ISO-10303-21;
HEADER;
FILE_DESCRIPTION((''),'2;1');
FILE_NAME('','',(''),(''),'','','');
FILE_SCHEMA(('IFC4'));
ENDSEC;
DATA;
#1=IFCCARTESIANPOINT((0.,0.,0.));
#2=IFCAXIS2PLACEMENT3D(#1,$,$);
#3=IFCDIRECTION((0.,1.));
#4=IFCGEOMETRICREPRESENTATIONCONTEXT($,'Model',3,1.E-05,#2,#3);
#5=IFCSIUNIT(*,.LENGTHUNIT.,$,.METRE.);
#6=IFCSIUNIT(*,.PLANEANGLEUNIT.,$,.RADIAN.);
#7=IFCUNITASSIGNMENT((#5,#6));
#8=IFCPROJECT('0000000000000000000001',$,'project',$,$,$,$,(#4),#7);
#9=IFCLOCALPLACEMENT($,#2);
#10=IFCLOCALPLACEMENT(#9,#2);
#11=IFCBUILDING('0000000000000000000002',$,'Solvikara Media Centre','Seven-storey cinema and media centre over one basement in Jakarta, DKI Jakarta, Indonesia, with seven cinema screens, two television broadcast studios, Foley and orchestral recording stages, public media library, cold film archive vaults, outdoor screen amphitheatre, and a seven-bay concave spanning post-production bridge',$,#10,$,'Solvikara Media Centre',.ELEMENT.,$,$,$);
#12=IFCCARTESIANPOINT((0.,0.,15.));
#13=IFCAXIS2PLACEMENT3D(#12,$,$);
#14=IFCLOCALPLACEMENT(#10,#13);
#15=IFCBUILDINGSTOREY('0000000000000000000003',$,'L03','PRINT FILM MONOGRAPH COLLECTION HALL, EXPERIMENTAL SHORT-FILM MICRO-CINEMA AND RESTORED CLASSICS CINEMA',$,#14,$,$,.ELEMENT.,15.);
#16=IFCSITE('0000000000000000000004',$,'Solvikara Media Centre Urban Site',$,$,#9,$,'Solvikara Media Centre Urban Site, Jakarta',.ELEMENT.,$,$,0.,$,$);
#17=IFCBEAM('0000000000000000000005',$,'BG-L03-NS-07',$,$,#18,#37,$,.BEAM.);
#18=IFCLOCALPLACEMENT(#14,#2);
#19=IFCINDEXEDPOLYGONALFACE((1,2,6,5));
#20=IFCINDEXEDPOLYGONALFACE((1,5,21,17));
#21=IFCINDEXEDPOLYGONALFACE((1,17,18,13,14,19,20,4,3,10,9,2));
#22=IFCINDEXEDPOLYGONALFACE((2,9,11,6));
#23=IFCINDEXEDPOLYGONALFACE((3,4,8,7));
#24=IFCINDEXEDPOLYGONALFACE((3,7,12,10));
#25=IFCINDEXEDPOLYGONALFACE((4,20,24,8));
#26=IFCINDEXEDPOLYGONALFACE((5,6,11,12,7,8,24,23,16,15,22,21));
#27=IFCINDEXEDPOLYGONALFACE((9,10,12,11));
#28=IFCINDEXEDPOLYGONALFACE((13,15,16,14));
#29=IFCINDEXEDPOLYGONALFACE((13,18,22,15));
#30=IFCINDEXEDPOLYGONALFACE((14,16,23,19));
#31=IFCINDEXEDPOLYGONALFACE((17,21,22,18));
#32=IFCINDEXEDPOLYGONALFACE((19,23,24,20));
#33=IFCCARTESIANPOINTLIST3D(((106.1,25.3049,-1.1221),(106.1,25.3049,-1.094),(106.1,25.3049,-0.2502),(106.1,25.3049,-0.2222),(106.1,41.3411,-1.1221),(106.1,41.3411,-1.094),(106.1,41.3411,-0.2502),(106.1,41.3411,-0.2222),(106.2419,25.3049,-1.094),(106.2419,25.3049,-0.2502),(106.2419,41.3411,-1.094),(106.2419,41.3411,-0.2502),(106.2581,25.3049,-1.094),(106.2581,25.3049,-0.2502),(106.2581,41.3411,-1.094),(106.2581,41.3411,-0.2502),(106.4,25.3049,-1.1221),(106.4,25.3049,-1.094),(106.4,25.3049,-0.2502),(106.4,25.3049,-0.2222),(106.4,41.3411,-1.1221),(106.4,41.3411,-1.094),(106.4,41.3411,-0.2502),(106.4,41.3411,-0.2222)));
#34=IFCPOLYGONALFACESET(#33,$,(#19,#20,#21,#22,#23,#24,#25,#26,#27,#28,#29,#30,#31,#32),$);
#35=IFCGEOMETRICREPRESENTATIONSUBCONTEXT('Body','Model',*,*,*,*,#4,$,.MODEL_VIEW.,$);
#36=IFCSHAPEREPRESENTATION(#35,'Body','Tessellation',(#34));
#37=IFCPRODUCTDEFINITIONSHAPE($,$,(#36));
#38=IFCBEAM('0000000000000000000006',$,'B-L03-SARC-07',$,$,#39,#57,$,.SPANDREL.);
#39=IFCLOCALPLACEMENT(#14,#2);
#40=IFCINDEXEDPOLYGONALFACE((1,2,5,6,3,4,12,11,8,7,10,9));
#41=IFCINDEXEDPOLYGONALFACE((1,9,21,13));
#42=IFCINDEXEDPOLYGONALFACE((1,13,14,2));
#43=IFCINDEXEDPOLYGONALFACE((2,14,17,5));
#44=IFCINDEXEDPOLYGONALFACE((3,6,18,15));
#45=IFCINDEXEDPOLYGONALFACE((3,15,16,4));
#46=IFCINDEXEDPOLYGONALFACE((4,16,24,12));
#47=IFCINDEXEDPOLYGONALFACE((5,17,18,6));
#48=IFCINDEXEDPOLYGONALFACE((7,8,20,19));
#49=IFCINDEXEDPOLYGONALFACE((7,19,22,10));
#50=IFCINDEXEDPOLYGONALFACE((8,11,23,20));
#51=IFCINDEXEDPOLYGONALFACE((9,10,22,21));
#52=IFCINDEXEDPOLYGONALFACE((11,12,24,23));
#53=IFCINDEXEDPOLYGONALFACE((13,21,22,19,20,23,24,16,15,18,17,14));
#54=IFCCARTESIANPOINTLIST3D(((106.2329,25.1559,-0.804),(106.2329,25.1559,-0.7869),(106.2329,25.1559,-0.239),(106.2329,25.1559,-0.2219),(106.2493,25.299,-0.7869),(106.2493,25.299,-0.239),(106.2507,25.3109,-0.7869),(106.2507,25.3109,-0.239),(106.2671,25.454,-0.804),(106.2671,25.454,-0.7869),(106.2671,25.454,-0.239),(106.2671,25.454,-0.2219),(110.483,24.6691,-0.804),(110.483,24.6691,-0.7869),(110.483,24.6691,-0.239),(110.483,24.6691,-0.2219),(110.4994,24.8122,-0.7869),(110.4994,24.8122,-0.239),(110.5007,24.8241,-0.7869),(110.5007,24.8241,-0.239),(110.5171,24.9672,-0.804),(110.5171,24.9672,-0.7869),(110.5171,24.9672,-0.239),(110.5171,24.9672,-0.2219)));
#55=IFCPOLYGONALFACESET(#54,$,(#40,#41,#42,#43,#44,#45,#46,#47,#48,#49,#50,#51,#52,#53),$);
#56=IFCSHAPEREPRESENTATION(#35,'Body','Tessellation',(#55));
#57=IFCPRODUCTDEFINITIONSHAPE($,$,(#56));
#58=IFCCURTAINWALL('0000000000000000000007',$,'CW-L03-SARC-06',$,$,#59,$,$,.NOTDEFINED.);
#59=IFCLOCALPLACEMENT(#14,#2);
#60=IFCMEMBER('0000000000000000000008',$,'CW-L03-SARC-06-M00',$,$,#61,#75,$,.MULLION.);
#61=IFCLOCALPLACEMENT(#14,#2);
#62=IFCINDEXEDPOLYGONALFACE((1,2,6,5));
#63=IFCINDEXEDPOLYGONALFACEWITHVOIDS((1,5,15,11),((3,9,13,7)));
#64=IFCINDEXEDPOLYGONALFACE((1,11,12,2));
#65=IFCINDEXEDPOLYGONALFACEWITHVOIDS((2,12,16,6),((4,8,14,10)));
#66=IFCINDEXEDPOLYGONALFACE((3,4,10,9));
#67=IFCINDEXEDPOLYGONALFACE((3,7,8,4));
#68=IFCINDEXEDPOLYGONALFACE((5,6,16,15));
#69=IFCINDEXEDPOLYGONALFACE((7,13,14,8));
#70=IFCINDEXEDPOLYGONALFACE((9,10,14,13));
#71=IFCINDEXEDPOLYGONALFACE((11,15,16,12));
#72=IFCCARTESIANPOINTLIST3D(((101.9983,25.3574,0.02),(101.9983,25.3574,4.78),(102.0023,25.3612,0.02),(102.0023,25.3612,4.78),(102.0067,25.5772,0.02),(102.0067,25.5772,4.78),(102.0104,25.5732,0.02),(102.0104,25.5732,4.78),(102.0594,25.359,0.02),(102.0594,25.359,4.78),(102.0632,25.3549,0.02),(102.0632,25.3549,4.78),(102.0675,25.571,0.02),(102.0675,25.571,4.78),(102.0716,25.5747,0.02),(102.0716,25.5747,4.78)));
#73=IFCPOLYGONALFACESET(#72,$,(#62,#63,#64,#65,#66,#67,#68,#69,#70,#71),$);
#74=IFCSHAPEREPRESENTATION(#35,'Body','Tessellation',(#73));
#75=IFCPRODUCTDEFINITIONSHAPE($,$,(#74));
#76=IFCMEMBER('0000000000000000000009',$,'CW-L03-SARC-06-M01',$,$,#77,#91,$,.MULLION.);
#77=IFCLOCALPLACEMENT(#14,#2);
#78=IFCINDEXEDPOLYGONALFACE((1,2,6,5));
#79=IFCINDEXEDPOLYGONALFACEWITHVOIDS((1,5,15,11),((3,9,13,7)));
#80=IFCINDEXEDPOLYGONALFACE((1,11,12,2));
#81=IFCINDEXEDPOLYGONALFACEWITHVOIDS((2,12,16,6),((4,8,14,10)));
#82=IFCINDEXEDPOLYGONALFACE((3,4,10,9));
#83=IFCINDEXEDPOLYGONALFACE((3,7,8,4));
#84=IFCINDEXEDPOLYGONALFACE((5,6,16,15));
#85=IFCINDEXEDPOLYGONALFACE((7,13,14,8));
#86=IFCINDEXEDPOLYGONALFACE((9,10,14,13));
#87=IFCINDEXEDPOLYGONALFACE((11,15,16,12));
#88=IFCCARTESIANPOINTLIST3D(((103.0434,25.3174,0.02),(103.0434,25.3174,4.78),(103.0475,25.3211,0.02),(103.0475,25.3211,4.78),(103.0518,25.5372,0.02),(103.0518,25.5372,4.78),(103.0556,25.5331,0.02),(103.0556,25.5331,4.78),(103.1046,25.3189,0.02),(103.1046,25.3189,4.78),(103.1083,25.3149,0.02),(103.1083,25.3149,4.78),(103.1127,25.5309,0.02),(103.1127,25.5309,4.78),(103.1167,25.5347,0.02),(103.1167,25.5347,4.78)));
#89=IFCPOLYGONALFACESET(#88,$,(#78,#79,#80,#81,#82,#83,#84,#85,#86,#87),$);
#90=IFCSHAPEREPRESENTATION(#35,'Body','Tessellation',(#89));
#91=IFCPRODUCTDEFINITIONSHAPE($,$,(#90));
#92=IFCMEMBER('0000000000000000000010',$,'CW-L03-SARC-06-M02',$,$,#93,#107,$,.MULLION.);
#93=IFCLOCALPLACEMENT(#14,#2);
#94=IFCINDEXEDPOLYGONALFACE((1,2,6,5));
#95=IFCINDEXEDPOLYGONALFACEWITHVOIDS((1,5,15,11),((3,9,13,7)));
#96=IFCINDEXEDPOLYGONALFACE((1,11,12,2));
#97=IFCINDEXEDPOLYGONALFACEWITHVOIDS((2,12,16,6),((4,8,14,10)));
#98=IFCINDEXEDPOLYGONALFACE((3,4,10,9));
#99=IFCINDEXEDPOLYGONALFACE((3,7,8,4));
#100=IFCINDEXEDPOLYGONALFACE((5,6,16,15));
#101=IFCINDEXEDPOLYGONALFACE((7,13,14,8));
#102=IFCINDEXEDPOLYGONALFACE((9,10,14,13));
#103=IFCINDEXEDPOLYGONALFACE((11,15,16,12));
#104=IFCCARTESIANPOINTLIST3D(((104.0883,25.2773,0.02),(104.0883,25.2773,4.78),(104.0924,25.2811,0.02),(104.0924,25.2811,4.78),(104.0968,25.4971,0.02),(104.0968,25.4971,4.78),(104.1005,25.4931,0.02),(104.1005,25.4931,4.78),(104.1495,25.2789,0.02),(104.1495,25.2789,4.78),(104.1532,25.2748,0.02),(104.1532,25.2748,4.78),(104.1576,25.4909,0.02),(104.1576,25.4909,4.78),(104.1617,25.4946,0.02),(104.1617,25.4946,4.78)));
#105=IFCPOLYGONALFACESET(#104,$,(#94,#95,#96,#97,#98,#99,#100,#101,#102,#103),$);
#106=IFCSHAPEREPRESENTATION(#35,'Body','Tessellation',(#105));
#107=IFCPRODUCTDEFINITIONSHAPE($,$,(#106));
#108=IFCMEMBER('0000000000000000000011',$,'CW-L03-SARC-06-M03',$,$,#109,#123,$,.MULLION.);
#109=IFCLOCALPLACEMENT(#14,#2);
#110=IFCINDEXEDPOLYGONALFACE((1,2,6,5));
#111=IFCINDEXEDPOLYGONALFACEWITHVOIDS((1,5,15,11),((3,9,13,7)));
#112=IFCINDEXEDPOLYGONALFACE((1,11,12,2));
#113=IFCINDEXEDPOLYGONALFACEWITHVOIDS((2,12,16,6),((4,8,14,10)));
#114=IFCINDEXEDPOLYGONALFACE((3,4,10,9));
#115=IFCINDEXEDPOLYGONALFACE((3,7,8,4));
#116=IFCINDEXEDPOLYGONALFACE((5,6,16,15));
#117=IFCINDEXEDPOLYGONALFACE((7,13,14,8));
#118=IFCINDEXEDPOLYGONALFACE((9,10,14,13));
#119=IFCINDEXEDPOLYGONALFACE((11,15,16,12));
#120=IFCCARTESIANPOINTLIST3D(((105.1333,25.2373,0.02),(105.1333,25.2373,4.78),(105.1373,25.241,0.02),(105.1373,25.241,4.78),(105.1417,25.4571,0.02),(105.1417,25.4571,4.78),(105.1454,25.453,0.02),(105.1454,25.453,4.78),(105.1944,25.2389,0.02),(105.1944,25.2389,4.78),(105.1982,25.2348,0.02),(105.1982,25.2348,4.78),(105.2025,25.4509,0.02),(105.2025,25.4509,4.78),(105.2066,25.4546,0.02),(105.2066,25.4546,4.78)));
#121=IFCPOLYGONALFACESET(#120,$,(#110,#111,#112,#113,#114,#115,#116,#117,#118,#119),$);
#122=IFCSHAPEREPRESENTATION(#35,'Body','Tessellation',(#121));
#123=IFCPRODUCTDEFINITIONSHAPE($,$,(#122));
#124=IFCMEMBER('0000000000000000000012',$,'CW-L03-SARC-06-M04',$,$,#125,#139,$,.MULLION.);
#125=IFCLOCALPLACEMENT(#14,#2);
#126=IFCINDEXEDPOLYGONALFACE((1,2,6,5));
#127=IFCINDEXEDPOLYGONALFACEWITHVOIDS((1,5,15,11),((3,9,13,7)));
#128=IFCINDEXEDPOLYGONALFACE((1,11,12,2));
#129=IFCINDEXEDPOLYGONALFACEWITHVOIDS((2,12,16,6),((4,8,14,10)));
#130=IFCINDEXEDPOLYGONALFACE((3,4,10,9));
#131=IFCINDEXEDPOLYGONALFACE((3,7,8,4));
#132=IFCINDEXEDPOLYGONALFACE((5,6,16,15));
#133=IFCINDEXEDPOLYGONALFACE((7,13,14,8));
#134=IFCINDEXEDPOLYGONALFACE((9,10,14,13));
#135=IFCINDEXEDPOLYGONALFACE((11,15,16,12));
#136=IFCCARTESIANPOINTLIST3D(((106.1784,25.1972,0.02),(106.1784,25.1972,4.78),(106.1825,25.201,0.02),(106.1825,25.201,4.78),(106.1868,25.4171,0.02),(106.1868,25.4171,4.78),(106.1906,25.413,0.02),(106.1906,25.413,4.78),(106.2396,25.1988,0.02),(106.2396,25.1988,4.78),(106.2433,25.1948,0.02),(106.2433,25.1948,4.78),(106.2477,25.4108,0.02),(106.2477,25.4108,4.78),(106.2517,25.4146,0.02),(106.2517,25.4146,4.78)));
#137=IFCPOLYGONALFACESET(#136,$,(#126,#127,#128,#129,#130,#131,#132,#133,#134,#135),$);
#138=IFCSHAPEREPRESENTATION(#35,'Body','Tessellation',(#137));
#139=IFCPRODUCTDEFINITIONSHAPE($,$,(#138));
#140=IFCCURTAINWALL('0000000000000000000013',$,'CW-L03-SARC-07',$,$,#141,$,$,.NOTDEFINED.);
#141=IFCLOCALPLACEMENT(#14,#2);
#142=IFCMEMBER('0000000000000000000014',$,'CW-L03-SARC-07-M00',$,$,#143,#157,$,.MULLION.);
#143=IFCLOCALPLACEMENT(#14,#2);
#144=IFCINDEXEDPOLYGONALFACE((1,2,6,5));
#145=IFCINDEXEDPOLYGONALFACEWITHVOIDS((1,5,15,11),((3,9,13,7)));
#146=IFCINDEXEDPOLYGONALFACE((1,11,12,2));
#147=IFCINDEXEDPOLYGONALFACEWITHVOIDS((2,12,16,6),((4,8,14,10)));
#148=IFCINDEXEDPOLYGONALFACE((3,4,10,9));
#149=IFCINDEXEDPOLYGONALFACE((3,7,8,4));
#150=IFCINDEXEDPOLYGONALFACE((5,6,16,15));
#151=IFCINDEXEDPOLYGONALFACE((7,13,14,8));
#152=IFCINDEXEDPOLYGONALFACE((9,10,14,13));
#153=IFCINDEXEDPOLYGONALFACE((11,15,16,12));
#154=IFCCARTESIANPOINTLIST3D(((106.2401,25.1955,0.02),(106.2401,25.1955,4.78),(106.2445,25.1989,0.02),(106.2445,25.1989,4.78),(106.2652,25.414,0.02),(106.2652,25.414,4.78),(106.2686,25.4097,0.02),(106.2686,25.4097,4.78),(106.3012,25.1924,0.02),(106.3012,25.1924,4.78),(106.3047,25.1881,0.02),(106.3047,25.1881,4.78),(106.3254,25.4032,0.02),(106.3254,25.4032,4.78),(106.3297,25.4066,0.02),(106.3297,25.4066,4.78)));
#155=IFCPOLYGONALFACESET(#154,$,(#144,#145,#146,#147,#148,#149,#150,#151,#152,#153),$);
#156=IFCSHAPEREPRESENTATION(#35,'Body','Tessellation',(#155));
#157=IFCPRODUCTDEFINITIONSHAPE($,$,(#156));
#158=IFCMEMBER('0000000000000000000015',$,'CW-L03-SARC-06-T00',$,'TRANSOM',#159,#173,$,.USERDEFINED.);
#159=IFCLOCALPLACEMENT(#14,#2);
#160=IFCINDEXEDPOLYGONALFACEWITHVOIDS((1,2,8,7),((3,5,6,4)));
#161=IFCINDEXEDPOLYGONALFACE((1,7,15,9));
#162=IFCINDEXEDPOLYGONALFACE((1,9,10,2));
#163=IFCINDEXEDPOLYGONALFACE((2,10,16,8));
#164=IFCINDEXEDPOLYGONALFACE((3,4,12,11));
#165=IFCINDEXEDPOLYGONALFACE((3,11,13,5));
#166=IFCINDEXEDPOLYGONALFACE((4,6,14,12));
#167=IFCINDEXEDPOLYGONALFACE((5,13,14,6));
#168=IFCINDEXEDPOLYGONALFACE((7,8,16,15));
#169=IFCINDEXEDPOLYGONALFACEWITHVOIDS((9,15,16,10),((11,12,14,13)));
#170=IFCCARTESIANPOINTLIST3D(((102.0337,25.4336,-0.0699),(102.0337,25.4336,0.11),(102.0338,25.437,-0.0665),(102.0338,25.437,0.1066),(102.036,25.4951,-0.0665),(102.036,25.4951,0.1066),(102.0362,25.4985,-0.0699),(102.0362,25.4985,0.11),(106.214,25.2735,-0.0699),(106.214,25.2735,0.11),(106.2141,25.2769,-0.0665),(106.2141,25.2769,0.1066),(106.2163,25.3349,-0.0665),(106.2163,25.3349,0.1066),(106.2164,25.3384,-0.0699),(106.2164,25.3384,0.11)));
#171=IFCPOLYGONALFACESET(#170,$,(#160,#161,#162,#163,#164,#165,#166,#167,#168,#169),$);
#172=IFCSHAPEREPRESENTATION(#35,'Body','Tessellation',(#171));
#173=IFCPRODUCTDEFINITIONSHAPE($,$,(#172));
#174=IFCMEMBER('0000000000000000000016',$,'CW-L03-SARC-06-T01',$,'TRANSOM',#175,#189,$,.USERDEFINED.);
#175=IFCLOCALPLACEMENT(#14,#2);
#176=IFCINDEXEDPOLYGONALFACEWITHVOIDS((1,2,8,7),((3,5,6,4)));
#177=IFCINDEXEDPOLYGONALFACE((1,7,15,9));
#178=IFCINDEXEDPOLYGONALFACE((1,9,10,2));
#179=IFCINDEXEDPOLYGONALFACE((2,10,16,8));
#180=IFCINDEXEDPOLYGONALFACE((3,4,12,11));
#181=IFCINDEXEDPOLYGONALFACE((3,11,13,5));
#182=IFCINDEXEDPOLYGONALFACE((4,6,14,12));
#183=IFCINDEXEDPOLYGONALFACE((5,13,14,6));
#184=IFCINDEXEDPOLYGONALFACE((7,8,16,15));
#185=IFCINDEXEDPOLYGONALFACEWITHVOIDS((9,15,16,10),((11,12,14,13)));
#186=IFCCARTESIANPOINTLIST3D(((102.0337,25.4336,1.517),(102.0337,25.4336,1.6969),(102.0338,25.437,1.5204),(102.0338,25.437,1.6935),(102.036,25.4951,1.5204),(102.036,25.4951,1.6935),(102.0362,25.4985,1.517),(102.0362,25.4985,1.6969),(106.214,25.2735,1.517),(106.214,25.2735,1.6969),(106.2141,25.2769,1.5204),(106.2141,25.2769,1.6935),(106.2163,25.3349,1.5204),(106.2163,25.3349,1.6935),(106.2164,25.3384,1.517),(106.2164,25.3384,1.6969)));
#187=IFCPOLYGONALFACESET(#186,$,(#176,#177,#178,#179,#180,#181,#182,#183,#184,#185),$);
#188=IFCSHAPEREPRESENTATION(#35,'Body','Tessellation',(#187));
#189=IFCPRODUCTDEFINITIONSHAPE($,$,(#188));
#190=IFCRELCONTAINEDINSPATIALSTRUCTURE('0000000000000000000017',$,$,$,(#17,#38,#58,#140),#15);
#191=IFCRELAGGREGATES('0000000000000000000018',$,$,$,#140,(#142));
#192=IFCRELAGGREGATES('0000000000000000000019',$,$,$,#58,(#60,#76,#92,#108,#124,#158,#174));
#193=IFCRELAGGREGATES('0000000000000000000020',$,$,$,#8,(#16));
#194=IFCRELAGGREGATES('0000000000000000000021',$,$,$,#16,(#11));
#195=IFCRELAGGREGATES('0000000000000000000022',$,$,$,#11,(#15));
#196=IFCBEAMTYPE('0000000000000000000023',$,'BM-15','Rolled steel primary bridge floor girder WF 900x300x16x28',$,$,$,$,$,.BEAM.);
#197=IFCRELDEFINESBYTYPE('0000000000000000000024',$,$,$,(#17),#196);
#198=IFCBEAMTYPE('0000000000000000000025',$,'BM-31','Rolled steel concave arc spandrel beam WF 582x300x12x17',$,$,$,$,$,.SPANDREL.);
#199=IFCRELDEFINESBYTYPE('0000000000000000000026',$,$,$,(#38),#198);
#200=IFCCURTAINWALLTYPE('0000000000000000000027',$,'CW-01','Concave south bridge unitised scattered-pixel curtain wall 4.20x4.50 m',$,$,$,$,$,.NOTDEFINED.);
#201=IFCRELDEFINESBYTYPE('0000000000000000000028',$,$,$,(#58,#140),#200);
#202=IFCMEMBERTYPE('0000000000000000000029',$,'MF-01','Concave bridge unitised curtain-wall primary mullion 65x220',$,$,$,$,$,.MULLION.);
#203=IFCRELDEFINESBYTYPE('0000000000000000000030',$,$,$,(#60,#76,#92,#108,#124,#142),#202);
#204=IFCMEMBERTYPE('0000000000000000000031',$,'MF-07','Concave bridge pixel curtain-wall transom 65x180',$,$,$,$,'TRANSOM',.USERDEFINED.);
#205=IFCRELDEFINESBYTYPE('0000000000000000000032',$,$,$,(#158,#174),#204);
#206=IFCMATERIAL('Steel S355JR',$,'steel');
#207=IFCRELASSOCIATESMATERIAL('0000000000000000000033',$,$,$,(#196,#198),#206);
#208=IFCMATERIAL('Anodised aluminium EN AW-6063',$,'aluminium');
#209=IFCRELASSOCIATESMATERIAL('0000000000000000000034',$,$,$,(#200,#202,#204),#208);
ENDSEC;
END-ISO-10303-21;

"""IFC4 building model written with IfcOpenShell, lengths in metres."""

from ifc_helpers import new_model, si_unit, direction, frame, origin, origin_2d, place, context, subcontext, project, spatial, hollow_rectangle, i_section, extrude, material, material_profile, profile_set, type_object, element, aggregate, save


model = new_model("IFC4")

# Units and contexts
model_context = context("Model", 3, precision=1e-05, world=origin(), true_north=direction((0.0, 1.0)))
body_context = subcontext(model_context, "Body", "Model", "MODEL_VIEW")
ifc_project = project(units=[si_unit("LENGTHUNIT", "METRE"), si_unit("PLANEANGLEUNIT", "RADIAN")], contexts=[model_context])

# Site, building, storey
site_placement = place(None, origin())
site = spatial("IfcSite", under=ifc_project, at=site_placement, Name="Solvikara Media Centre Urban Site", LongName="Solvikara Media Centre Urban Site, Jakarta", CompositionType="ELEMENT", RefElevation=0.0)
building_placement = place(site_placement, origin())
building = spatial("IfcBuilding", under=site, at=building_placement, Name="Solvikara Media Centre", Description="Seven-storey cinema and media centre over one basement in Jakarta, DKI Jakarta, Indonesia, with seven cinema screens, two television broadcast studios, Foley and orchestral recording stages, public media library, cold film archive vaults, outdoor screen amphitheatre, and a seven-bay concave spanning post-production bridge", LongName="Solvikara Media Centre", CompositionType="ELEMENT")
storey_placement = place(building_placement, frame((0.0, 0.0, 15.0)))
storey = spatial("IfcBuildingStorey", under=building, at=storey_placement, Name="L03", Description="PRINT FILM MONOGRAPH COLLECTION HALL, EXPERIMENTAL SHORT-FILM MICRO-CINEMA AND RESTORED CLASSICS CINEMA", CompositionType="ELEMENT", Elevation=15.0)

# Beams
ifc_material_1 = material(Name="Steel S355JR", Category="steel")
ifc_material_profile_1 = material_profile(ifc_material_1, i_section(OverallWidth=0.3, OverallDepth=0.8999, WebThickness=0.0161, FlangeThickness=0.0281, at=origin_2d()), Name="WF 900x300x16x28")
ifc_profile_set_1 = profile_set([ifc_material_profile_1], Name="Steel S355JR")
beam_type_1 = type_object("IfcBeamType", Name="BM-15", Description="Rolled steel primary bridge floor girder WF 900x300x16x28", PredefinedType="BEAM", material=ifc_profile_set_1)
beam_1_placement = place(storey_placement, frame((106.25, 25.3049, -0.6721), z_axis=(0.0, 1.0, 0.0), x_axis=(-1.0, 0.0, 0.0)))
element("IfcBeam", 1, at=beam_1_placement, inside=storey, type_object=beam_type_1, Name="BG-L03-NS-07", PredefinedType="BEAM", context=body_context, shape_type="SweptSolid", body=[
    extrude(i_section(OverallWidth=0.3, OverallDepth=0.8999, WebThickness=0.0161, FlangeThickness=0.0281, at=origin_2d()), origin(), (0.0, 0.0, 1.0), 16.0361),
])
ifc_material_profile_2 = material_profile(ifc_material_1, i_section(OverallWidth=0.3, OverallDepth=0.582, WebThickness=0.012, FlangeThickness=0.0171, at=origin_2d()), Name="WF 582x300x12x17")
ifc_profile_set_2 = profile_set([ifc_material_profile_2], Name="Steel S355JR")
beam_type_2 = type_object("IfcBeamType", Name="BM-31", Description="Rolled steel concave arc spandrel beam WF 582x300x12x17", PredefinedType="SPANDREL", material=ifc_profile_set_2)
beam_2_placement = place(storey_placement, frame((106.25, 25.3049, -0.5129), z_axis=(0.993504, -0.113801, 0.0), x_axis=(0.113801, 0.993504, 0.0)))
element("IfcBeam", 2, at=beam_2_placement, inside=storey, type_object=beam_type_2, Name="B-L03-SARC-07", PredefinedType="SPANDREL", context=body_context, shape_type="SweptSolid", body=[
    extrude(i_section(OverallWidth=0.3, OverallDepth=0.582, WebThickness=0.012, FlangeThickness=0.0171, at=origin_2d()), origin(), (0.0, 0.0, 1.0), 4.2778),
])

# Curtain wall, members
ifc_material_2 = material(Name="Anodised aluminium EN AW-6063", Category="aluminium")
curtain_wall_type = type_object("IfcCurtainWallType", Name="CW-01", Description="Concave south bridge unitised scattered-pixel curtain wall 4.20x4.50 m", PredefinedType="NOTDEFINED", material=ifc_material_2)
curtain_wall_1_placement = place(storey_placement, origin())
curtain_wall_1 = element("IfcCurtainWall", 3, at=curtain_wall_1_placement, inside=storey, type_object=curtain_wall_type, Name="CW-L03-SARC-06", PredefinedType="NOTDEFINED")
ifc_material_profile_3 = material_profile(ifc_material_2, hollow_rectangle(XDim=0.0649, YDim=0.22, WallThickness=0.0039, at=origin_2d()), Name="ALU-M 65x220x4")
ifc_profile_set_3 = profile_set([ifc_material_profile_3], Name="Anodised aluminium EN AW-6063")
member_type_1 = type_object("IfcMemberType", Name="MF-01", Description="Concave bridge unitised curtain-wall primary mullion 65x220", PredefinedType="MULLION", material=ifc_profile_set_3)
member_1_placement = place(storey_placement, frame((102.0349, 25.4661, 0.02), z_axis=(0.0, 0.0, 1.0), x_axis=(0.999268, -0.038248, 0.0)))
member_1 = element("IfcMember", 4, at=member_1_placement, type_object=member_type_1, Name="CW-L03-SARC-06-M00", PredefinedType="MULLION", context=body_context, shape_type="SweptSolid", body=[
    extrude(hollow_rectangle(XDim=0.0649, YDim=0.22, WallThickness=0.0039, at=origin_2d()), origin(), (0.0, 0.0, 1.0), 4.76),
])
member_2_placement = place(storey_placement, frame((103.0801, 25.426, 0.02), z_axis=(0.0, 0.0, 1.0), x_axis=(0.999268, -0.038248, 0.0)))
member_2 = element("IfcMember", 5, at=member_2_placement, type_object=member_type_1, Name="CW-L03-SARC-06-M01", PredefinedType="MULLION", context=body_context, shape_type="SweptSolid", body=[
    extrude(hollow_rectangle(XDim=0.0649, YDim=0.22, WallThickness=0.0039, at=origin_2d()), origin(), (0.0, 0.0, 1.0), 4.76),
])
member_3_placement = place(storey_placement, frame((104.125, 25.386, 0.02), z_axis=(0.0, 0.0, 1.0), x_axis=(0.999268, -0.038248, 0.0)))
member_3 = element("IfcMember", 6, at=member_3_placement, type_object=member_type_1, Name="CW-L03-SARC-06-M02", PredefinedType="MULLION", context=body_context, shape_type="SweptSolid", body=[
    extrude(hollow_rectangle(XDim=0.0649, YDim=0.22, WallThickness=0.0039, at=origin_2d()), origin(), (0.0, 0.0, 1.0), 4.76),
])
member_4_placement = place(storey_placement, frame((105.1699, 25.3459, 0.02), z_axis=(0.0, 0.0, 1.0), x_axis=(0.999268, -0.038248, 0.0)))
member_4 = element("IfcMember", 7, at=member_4_placement, type_object=member_type_1, Name="CW-L03-SARC-06-M03", PredefinedType="MULLION", context=body_context, shape_type="SweptSolid", body=[
    extrude(hollow_rectangle(XDim=0.0649, YDim=0.22, WallThickness=0.0039, at=origin_2d()), origin(), (0.0, 0.0, 1.0), 4.76),
])
member_5_placement = place(storey_placement, frame((106.2151, 25.3059, 0.02), z_axis=(0.0, 0.0, 1.0), x_axis=(0.999268, -0.038248, 0.0)))
member_5 = element("IfcMember", 8, at=member_5_placement, type_object=member_type_1, Name="CW-L03-SARC-06-M04", PredefinedType="MULLION", context=body_context, shape_type="SweptSolid", body=[
    extrude(hollow_rectangle(XDim=0.0649, YDim=0.22, WallThickness=0.0039, at=origin_2d()), origin(), (0.0, 0.0, 1.0), 4.76),
])

# Curtain wall, member
curtain_wall_2_placement = place(storey_placement, origin())
curtain_wall_2 = element("IfcCurtainWall", 9, at=curtain_wall_2_placement, inside=storey, type_object=curtain_wall_type, Name="CW-L03-SARC-07", PredefinedType="NOTDEFINED")
member_6_placement = place(storey_placement, frame((106.2849, 25.301, 0.02), z_axis=(0.0, 0.0, 1.0), x_axis=(0.993499, -0.113845, 0.0)))
member_6 = element("IfcMember", 10, at=member_6_placement, type_object=member_type_1, Name="CW-L03-SARC-07-M00", PredefinedType="MULLION", context=body_context, shape_type="SweptSolid", body=[
    extrude(hollow_rectangle(XDim=0.0649, YDim=0.22, WallThickness=0.0039, at=origin_2d()), origin(), (0.0, 0.0, 1.0), 4.76),
])

# Members
ifc_material_profile_4 = material_profile(ifc_material_2, hollow_rectangle(XDim=0.0649, YDim=0.1799, WallThickness=0.0034, at=origin_2d()), Name="ALU-T 65x180x3.5")
ifc_profile_set_4 = profile_set([ifc_material_profile_4], Name="Anodised aluminium EN AW-6063")
member_type_2 = type_object("IfcMemberType", Name="MF-07", Description="Concave bridge pixel curtain-wall transom 65x180", ElementType="TRANSOM", PredefinedType="USERDEFINED", material=ifc_profile_set_4)
member_7_placement = place(storey_placement, frame((102.0349, 25.4661, 0.02), z_axis=(0.999267, -0.038285, 0.0), x_axis=(0.038285, 0.999267, 0.0)))
member_7 = element("IfcMember", 11, at=member_7_placement, type_object=member_type_2, Name="CW-L03-SARC-06-T00", ObjectType="TRANSOM", PredefinedType="USERDEFINED", context=body_context, shape_type="SweptSolid", body=[
    extrude(hollow_rectangle(XDim=0.0649, YDim=0.1799, WallThickness=0.0034, at=origin_2d()), origin(), (0.0, 0.0, 1.0), 4.1833),
])
member_8_placement = place(storey_placement, frame((102.0349, 25.4661, 1.6069), z_axis=(0.999267, -0.038285, 0.0), x_axis=(0.038285, 0.999267, 0.0)))
member_8 = element("IfcMember", 12, at=member_8_placement, type_object=member_type_2, Name="CW-L03-SARC-06-T01", ObjectType="TRANSOM", PredefinedType="USERDEFINED", context=body_context, shape_type="SweptSolid", body=[
    extrude(hollow_rectangle(XDim=0.0649, YDim=0.1799, WallThickness=0.0034, at=origin_2d()), origin(), (0.0, 0.0, 1.0), 4.1833),
])
aggregate(curtain_wall_2, [member_6])

aggregate(curtain_wall_1, [member_1, member_2, member_3, member_4, member_5, member_7, member_8])

save(model, "model.ifc")
